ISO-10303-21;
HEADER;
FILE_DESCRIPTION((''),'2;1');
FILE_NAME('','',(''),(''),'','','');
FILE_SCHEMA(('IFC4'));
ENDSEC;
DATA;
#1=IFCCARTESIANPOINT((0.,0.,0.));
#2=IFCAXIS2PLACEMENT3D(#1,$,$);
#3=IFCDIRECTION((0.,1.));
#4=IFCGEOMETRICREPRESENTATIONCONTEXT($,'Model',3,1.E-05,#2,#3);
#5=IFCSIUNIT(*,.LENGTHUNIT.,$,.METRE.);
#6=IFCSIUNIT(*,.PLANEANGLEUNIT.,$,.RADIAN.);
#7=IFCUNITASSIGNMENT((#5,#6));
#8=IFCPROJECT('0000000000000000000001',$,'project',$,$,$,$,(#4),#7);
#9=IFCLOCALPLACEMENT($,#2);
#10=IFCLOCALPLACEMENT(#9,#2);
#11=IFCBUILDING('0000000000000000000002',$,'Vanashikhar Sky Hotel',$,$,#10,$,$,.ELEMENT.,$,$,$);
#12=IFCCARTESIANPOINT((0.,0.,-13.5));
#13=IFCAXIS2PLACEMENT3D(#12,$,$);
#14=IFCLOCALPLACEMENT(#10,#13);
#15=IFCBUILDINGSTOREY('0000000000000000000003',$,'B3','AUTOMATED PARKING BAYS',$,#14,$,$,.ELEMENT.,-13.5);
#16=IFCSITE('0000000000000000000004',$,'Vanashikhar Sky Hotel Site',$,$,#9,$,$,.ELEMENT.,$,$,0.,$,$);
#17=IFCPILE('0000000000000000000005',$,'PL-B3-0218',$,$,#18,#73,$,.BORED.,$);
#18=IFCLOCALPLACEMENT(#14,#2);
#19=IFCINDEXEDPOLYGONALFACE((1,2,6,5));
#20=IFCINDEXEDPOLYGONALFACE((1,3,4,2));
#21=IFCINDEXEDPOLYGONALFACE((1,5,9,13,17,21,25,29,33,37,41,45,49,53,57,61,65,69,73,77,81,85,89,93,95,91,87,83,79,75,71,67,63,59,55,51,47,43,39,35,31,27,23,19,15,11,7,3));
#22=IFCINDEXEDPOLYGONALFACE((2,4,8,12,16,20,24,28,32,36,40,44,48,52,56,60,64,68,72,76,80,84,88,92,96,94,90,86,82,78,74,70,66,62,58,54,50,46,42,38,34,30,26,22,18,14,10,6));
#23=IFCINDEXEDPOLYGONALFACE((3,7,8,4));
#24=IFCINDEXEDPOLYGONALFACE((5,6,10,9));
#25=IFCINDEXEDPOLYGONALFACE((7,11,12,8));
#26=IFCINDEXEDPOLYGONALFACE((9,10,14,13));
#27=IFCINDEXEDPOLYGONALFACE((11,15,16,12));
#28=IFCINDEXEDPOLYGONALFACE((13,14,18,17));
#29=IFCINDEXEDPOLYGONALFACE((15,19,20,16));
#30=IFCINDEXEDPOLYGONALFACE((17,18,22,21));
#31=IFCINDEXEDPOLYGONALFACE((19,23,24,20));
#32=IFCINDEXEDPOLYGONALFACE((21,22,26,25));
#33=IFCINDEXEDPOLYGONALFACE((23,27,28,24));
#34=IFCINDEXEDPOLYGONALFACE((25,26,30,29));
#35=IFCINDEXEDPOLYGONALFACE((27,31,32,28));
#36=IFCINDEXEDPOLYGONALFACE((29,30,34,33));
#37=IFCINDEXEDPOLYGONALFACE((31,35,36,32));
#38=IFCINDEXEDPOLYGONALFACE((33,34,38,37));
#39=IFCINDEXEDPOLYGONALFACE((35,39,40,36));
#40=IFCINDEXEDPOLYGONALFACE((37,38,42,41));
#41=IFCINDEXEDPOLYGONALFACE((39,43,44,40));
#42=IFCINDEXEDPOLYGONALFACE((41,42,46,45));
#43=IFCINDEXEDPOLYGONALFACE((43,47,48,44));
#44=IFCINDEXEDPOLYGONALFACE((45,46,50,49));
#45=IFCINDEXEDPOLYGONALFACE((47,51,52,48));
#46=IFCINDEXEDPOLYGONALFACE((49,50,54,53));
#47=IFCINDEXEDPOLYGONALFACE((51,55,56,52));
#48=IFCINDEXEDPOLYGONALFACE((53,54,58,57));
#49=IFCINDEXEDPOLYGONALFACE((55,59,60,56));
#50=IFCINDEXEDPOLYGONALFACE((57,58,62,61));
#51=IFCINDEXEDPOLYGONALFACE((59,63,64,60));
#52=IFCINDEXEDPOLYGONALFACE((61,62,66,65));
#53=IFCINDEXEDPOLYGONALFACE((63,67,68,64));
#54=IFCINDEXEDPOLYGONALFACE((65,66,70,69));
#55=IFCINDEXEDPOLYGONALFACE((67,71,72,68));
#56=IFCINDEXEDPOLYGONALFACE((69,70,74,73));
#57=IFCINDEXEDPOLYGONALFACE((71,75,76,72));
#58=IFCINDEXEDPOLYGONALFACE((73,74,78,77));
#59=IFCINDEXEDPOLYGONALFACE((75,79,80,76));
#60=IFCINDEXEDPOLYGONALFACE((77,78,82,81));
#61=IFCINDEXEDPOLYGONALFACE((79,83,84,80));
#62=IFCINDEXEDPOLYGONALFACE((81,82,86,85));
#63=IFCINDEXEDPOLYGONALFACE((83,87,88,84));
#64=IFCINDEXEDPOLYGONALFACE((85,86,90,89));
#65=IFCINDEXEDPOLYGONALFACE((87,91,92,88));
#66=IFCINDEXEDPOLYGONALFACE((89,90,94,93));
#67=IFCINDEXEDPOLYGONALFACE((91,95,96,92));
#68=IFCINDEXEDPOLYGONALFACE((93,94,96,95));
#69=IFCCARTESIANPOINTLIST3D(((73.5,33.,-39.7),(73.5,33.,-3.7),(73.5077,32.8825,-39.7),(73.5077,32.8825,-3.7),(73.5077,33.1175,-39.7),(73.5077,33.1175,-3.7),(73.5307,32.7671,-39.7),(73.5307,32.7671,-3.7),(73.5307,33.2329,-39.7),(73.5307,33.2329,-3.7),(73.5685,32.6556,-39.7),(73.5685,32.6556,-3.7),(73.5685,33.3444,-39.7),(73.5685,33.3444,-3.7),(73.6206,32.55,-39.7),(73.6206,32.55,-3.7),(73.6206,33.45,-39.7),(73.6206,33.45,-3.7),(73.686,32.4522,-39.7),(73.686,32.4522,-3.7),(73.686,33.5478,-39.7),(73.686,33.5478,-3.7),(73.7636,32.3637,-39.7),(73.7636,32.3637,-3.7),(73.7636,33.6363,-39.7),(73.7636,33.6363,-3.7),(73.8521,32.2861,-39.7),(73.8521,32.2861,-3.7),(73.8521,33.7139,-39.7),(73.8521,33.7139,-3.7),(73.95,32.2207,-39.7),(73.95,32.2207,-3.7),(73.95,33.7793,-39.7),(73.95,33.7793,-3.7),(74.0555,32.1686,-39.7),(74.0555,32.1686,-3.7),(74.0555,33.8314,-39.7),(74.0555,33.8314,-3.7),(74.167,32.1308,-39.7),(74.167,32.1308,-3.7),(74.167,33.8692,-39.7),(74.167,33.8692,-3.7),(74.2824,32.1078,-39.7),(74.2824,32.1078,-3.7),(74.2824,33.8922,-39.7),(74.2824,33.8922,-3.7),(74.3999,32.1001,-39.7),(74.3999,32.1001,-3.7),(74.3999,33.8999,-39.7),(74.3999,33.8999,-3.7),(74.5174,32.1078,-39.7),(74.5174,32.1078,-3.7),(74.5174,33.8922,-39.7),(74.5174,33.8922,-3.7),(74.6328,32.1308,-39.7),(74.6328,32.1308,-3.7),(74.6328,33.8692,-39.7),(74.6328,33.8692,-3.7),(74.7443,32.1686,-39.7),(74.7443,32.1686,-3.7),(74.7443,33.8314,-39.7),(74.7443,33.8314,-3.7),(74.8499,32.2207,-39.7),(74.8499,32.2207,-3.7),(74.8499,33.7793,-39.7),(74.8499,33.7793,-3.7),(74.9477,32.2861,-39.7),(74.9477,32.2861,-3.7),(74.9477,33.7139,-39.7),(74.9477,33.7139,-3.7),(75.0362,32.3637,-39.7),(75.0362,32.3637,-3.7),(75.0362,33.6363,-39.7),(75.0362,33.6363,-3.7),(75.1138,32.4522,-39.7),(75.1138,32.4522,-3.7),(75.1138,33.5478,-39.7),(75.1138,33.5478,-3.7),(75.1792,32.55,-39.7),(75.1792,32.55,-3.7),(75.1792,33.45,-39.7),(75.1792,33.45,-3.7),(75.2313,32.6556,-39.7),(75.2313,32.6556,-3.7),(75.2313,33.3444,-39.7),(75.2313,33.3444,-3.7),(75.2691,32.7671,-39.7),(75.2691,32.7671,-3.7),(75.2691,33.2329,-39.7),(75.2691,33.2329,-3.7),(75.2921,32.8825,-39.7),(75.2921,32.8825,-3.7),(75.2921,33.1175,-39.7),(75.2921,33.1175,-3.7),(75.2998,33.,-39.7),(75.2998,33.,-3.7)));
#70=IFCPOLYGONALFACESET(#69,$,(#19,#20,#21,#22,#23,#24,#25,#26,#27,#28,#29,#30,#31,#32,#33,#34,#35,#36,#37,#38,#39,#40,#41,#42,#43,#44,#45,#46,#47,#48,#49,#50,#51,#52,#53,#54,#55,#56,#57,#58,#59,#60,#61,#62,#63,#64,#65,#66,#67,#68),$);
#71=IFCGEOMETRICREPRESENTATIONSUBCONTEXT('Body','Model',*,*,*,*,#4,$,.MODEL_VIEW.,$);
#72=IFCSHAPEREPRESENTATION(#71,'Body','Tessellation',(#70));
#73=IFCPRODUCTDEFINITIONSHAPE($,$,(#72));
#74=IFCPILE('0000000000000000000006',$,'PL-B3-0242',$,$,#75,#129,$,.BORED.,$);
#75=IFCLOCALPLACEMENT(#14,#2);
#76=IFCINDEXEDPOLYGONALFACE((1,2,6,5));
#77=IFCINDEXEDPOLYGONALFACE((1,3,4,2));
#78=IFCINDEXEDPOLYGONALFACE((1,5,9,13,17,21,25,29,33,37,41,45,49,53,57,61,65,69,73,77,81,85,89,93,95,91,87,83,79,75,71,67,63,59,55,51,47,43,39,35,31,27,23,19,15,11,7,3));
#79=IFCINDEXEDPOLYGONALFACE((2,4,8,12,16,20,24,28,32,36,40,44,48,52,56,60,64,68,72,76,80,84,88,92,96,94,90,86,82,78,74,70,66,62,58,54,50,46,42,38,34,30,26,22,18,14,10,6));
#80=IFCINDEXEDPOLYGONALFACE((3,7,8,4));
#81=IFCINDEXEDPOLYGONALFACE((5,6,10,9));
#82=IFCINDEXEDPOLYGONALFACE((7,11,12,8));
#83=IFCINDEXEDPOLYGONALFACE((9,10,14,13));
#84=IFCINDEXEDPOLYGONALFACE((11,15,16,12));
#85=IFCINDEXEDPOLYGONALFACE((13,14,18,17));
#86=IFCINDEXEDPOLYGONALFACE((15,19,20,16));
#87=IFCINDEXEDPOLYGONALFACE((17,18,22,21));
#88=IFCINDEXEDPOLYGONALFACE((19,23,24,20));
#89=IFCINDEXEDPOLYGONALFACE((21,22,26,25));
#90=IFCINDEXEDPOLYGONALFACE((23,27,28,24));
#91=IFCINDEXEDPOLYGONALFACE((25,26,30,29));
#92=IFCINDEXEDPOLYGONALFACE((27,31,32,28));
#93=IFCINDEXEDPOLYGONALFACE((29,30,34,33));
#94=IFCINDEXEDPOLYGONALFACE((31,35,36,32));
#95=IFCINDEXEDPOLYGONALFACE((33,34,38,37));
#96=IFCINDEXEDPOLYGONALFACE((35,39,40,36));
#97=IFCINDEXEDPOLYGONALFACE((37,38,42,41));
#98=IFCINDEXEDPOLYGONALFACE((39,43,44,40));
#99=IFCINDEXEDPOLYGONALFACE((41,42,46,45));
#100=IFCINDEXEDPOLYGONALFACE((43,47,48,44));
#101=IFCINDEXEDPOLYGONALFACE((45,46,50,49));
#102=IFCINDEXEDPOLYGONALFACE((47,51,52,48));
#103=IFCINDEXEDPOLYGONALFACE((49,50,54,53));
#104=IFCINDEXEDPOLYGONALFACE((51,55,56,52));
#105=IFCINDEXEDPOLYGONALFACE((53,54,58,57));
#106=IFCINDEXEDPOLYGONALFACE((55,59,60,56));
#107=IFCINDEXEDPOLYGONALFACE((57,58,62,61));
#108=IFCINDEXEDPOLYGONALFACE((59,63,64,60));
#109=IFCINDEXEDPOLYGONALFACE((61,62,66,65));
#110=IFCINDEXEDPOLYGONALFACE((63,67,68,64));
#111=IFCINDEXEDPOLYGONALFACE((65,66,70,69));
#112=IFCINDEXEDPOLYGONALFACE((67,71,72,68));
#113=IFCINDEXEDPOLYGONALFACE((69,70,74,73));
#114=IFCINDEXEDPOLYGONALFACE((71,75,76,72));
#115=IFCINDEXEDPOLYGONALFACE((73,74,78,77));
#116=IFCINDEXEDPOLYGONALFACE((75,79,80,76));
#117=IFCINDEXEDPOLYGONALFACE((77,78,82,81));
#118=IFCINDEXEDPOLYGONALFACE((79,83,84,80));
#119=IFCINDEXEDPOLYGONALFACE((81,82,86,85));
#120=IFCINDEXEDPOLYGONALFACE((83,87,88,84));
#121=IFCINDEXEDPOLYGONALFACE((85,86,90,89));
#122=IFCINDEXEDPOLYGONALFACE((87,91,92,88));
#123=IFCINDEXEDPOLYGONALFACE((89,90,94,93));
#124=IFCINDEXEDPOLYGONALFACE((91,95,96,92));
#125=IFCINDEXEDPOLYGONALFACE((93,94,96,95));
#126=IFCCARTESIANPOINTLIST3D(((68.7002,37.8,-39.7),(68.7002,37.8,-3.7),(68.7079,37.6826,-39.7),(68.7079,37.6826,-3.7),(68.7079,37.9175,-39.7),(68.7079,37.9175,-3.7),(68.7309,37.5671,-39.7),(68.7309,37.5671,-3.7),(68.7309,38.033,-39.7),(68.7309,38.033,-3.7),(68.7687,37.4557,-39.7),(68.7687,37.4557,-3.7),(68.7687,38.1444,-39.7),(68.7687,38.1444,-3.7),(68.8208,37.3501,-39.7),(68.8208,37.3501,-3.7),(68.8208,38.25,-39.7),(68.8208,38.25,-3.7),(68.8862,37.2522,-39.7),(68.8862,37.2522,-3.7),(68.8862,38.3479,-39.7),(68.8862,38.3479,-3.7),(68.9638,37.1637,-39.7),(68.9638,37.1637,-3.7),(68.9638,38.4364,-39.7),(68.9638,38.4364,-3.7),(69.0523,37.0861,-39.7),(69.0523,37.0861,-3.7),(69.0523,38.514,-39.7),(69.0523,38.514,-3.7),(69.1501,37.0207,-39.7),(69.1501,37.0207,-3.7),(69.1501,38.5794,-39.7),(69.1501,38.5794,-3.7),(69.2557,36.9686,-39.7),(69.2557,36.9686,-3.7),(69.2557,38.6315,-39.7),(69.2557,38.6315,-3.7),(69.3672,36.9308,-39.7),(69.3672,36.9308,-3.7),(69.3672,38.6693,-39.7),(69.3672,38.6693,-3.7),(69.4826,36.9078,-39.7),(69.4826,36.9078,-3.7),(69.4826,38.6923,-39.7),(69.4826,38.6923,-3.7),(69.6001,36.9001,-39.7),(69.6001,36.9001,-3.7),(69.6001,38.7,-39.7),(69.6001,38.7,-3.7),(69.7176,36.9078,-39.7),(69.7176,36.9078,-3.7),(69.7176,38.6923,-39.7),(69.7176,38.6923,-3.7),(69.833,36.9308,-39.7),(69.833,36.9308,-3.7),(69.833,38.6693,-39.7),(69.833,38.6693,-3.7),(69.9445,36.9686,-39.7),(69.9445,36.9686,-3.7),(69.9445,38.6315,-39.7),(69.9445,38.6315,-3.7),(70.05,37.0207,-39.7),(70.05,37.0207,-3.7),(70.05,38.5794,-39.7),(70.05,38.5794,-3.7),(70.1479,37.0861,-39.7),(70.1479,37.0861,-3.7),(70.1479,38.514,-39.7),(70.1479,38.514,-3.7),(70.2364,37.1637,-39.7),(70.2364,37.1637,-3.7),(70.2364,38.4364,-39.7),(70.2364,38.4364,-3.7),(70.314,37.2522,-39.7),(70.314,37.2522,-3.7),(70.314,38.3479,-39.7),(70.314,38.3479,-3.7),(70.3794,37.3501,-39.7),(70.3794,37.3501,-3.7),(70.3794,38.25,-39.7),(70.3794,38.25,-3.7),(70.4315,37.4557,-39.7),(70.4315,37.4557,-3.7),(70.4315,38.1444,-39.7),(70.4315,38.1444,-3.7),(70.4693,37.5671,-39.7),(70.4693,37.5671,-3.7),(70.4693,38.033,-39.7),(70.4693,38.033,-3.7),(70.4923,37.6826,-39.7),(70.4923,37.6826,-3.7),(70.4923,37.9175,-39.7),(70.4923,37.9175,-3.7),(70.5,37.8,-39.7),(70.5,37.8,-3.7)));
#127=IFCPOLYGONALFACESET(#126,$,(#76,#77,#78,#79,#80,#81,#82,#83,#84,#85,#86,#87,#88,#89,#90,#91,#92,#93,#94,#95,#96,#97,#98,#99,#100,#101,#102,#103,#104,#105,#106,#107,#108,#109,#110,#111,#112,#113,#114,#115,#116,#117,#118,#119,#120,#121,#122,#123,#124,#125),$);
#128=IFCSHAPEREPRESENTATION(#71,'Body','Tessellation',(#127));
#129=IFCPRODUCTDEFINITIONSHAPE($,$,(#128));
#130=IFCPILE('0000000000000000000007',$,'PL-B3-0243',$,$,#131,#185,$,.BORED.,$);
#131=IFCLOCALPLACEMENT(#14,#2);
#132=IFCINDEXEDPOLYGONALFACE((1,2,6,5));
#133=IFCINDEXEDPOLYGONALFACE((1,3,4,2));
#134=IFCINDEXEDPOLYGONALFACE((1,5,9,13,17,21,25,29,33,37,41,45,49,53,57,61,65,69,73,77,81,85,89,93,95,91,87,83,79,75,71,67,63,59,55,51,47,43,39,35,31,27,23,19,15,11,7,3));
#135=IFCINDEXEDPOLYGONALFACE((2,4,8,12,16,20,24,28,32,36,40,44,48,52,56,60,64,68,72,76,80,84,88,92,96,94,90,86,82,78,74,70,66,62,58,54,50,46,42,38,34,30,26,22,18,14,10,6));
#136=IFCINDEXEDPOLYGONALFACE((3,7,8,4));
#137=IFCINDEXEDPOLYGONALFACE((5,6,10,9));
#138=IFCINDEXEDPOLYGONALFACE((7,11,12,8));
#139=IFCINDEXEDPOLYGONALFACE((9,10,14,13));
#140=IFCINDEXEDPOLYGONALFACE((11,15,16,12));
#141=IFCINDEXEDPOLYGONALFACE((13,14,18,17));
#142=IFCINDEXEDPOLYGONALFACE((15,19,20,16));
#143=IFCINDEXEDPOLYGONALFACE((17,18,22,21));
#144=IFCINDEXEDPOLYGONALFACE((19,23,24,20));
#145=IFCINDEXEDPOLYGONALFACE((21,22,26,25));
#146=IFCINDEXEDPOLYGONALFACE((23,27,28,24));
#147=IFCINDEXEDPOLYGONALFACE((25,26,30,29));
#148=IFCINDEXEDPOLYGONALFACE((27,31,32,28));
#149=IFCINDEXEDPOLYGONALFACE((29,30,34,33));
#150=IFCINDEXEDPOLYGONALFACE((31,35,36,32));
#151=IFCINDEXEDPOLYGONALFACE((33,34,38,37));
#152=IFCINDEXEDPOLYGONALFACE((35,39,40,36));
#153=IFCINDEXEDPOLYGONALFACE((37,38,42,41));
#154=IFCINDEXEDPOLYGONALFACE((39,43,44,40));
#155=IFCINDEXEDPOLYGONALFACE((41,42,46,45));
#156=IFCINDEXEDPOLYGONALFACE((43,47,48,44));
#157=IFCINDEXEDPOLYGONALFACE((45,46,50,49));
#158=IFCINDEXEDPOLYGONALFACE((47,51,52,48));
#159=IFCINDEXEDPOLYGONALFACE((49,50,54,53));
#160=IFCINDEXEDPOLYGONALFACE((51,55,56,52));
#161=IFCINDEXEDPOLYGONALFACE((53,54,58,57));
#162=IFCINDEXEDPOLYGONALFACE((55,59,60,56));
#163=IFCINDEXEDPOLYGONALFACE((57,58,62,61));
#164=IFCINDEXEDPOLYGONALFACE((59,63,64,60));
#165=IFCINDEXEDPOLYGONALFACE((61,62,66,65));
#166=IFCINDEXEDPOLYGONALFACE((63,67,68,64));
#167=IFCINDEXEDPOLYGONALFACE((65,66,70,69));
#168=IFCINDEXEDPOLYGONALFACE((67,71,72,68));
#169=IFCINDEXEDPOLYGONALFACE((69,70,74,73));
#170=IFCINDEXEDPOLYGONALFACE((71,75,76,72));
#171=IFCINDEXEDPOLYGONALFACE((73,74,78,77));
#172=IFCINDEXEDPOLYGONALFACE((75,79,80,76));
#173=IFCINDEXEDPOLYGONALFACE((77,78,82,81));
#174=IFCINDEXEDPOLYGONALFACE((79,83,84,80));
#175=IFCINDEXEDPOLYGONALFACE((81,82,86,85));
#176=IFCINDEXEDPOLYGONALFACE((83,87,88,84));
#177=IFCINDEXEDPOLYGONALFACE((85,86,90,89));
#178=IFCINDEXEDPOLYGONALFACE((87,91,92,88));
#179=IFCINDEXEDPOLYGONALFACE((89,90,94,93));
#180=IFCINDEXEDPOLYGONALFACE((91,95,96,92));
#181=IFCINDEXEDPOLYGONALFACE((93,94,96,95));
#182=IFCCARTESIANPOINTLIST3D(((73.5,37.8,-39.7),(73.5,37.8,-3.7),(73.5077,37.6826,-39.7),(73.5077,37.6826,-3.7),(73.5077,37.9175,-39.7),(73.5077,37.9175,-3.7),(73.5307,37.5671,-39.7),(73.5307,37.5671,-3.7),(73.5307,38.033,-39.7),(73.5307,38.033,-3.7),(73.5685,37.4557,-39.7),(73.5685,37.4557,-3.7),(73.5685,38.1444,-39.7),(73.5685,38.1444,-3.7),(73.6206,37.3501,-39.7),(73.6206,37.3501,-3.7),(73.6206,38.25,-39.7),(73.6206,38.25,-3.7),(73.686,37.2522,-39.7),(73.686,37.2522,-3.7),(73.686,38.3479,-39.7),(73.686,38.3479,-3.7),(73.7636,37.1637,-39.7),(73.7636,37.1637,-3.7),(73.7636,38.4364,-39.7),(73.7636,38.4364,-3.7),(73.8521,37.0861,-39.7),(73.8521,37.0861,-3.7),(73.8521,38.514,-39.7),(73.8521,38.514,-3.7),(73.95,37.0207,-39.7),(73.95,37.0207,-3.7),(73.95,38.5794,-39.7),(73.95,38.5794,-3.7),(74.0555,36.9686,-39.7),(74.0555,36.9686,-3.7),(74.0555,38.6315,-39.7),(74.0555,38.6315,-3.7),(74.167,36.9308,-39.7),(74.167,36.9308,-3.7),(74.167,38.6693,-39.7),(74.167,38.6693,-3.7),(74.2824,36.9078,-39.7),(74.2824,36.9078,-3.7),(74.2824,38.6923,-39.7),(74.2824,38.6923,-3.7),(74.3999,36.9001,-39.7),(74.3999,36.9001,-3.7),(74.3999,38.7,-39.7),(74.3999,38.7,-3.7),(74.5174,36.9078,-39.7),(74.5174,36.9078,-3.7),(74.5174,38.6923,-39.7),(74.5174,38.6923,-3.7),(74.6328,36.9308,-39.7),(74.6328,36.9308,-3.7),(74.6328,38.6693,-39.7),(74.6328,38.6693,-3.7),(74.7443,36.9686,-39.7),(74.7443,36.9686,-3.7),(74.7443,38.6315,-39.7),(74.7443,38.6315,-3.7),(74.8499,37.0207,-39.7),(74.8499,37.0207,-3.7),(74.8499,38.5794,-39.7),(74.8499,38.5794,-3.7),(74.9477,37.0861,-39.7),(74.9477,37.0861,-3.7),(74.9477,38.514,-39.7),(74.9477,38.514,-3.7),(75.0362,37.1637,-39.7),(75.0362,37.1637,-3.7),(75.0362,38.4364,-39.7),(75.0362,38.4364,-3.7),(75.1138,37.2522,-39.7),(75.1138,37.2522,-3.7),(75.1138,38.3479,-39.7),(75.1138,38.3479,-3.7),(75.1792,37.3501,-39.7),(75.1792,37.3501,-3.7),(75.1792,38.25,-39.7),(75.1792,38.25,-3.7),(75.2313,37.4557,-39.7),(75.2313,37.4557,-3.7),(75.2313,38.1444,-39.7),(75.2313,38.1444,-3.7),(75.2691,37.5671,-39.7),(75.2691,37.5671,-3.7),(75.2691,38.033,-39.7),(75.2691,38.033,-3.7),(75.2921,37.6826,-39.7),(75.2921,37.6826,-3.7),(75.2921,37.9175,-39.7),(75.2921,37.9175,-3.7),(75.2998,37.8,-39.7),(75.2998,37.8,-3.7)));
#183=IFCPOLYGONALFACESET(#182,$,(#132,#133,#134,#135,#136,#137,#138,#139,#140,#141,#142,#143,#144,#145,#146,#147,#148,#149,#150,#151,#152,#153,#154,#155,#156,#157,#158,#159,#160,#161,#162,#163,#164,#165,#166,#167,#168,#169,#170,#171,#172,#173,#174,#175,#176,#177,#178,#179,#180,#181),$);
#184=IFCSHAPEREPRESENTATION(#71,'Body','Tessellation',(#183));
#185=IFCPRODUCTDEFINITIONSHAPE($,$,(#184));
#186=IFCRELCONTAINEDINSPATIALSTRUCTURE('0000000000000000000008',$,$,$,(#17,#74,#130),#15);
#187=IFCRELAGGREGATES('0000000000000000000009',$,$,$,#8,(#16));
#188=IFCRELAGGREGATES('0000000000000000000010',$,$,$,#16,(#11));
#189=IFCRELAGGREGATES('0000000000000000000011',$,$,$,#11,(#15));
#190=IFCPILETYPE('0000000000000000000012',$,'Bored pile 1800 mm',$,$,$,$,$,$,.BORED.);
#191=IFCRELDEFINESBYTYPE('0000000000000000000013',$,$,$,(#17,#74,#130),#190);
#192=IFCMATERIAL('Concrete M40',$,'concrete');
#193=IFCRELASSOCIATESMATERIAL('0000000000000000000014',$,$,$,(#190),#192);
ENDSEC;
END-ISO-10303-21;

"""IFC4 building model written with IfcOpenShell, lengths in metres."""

from ifc_helpers import new_model, si_unit, direction, frame, origin, origin_2d, place, context, subcontext, project, spatial, circle, extrude, source, transform, mapped, material, type_object, element, save


model = new_model("IFC4")

# Units and contexts
model_context = context("Model", 3, precision=1e-05, world=origin(), true_north=direction((0.0, 1.0)))
body_context = subcontext(model_context, "Body", "Model", "MODEL_VIEW")
ifc_project = project(units=[si_unit("LENGTHUNIT", "METRE"), si_unit("PLANEANGLEUNIT", "RADIAN")], contexts=[model_context])

# Site, building, storey
site_placement = place(None, origin())
site = spatial("IfcSite", under=ifc_project, at=site_placement, Name="Vanashikhar Sky Hotel Site", CompositionType="ELEMENT", RefElevation=0.0)
building_placement = place(site_placement, origin())
building = spatial("IfcBuilding", under=site, at=building_placement, Name="Vanashikhar Sky Hotel", CompositionType="ELEMENT")
storey_placement = place(building_placement, frame((0.0, 0.0, -13.5)))
storey = spatial("IfcBuildingStorey", under=building, at=storey_placement, Name="B3", Description="AUTOMATED PARKING BAYS", CompositionType="ELEMENT", Elevation=-13.5)

# Piles
ifc_material_1 = material(Name="Concrete M40", Category="concrete")
pile_type_1 = type_object("IfcPileType", Name="Bored pile 1800 mm", PredefinedType="BORED", material=ifc_material_1)
shared_shape_1 = source(origin(), body_context, "Body", "SweptSolid", [
    extrude(circle(Radius=0.8999, at=origin_2d()), origin(), (0.0, 0.0, 1.0), 36.0),
])
for number, where, z_axis, x_axis, name in (
    (1, (74.3999, 33.0, -3.7), (0.0, 0.0, -1.0), (1.0, 0.0, 0.0), "PL-B3-0218"),
    (2, (69.6001, 37.8, -3.7), (0.0, 0.0, -1.0), (1.0, 0.0, 0.0), "PL-B3-0242"),
    (3, (74.3999, 37.8, -3.7), (0.0, 0.0, -1.0), (1.0, 0.0, 0.0), "PL-B3-0243"),
):
    element("IfcPile", number, at=place(storey_placement, frame(where, z_axis=z_axis, x_axis=x_axis)), inside=storey, type_object=pile_type_1, Name=name, PredefinedType="BORED", context=body_context, shape_type="MappedRepresentation", body=[
        mapped(shared_shape_1, transform((0.0, 0.0, 0.0), scale=1.0)),
    ])

save(model, "model.ifc")
